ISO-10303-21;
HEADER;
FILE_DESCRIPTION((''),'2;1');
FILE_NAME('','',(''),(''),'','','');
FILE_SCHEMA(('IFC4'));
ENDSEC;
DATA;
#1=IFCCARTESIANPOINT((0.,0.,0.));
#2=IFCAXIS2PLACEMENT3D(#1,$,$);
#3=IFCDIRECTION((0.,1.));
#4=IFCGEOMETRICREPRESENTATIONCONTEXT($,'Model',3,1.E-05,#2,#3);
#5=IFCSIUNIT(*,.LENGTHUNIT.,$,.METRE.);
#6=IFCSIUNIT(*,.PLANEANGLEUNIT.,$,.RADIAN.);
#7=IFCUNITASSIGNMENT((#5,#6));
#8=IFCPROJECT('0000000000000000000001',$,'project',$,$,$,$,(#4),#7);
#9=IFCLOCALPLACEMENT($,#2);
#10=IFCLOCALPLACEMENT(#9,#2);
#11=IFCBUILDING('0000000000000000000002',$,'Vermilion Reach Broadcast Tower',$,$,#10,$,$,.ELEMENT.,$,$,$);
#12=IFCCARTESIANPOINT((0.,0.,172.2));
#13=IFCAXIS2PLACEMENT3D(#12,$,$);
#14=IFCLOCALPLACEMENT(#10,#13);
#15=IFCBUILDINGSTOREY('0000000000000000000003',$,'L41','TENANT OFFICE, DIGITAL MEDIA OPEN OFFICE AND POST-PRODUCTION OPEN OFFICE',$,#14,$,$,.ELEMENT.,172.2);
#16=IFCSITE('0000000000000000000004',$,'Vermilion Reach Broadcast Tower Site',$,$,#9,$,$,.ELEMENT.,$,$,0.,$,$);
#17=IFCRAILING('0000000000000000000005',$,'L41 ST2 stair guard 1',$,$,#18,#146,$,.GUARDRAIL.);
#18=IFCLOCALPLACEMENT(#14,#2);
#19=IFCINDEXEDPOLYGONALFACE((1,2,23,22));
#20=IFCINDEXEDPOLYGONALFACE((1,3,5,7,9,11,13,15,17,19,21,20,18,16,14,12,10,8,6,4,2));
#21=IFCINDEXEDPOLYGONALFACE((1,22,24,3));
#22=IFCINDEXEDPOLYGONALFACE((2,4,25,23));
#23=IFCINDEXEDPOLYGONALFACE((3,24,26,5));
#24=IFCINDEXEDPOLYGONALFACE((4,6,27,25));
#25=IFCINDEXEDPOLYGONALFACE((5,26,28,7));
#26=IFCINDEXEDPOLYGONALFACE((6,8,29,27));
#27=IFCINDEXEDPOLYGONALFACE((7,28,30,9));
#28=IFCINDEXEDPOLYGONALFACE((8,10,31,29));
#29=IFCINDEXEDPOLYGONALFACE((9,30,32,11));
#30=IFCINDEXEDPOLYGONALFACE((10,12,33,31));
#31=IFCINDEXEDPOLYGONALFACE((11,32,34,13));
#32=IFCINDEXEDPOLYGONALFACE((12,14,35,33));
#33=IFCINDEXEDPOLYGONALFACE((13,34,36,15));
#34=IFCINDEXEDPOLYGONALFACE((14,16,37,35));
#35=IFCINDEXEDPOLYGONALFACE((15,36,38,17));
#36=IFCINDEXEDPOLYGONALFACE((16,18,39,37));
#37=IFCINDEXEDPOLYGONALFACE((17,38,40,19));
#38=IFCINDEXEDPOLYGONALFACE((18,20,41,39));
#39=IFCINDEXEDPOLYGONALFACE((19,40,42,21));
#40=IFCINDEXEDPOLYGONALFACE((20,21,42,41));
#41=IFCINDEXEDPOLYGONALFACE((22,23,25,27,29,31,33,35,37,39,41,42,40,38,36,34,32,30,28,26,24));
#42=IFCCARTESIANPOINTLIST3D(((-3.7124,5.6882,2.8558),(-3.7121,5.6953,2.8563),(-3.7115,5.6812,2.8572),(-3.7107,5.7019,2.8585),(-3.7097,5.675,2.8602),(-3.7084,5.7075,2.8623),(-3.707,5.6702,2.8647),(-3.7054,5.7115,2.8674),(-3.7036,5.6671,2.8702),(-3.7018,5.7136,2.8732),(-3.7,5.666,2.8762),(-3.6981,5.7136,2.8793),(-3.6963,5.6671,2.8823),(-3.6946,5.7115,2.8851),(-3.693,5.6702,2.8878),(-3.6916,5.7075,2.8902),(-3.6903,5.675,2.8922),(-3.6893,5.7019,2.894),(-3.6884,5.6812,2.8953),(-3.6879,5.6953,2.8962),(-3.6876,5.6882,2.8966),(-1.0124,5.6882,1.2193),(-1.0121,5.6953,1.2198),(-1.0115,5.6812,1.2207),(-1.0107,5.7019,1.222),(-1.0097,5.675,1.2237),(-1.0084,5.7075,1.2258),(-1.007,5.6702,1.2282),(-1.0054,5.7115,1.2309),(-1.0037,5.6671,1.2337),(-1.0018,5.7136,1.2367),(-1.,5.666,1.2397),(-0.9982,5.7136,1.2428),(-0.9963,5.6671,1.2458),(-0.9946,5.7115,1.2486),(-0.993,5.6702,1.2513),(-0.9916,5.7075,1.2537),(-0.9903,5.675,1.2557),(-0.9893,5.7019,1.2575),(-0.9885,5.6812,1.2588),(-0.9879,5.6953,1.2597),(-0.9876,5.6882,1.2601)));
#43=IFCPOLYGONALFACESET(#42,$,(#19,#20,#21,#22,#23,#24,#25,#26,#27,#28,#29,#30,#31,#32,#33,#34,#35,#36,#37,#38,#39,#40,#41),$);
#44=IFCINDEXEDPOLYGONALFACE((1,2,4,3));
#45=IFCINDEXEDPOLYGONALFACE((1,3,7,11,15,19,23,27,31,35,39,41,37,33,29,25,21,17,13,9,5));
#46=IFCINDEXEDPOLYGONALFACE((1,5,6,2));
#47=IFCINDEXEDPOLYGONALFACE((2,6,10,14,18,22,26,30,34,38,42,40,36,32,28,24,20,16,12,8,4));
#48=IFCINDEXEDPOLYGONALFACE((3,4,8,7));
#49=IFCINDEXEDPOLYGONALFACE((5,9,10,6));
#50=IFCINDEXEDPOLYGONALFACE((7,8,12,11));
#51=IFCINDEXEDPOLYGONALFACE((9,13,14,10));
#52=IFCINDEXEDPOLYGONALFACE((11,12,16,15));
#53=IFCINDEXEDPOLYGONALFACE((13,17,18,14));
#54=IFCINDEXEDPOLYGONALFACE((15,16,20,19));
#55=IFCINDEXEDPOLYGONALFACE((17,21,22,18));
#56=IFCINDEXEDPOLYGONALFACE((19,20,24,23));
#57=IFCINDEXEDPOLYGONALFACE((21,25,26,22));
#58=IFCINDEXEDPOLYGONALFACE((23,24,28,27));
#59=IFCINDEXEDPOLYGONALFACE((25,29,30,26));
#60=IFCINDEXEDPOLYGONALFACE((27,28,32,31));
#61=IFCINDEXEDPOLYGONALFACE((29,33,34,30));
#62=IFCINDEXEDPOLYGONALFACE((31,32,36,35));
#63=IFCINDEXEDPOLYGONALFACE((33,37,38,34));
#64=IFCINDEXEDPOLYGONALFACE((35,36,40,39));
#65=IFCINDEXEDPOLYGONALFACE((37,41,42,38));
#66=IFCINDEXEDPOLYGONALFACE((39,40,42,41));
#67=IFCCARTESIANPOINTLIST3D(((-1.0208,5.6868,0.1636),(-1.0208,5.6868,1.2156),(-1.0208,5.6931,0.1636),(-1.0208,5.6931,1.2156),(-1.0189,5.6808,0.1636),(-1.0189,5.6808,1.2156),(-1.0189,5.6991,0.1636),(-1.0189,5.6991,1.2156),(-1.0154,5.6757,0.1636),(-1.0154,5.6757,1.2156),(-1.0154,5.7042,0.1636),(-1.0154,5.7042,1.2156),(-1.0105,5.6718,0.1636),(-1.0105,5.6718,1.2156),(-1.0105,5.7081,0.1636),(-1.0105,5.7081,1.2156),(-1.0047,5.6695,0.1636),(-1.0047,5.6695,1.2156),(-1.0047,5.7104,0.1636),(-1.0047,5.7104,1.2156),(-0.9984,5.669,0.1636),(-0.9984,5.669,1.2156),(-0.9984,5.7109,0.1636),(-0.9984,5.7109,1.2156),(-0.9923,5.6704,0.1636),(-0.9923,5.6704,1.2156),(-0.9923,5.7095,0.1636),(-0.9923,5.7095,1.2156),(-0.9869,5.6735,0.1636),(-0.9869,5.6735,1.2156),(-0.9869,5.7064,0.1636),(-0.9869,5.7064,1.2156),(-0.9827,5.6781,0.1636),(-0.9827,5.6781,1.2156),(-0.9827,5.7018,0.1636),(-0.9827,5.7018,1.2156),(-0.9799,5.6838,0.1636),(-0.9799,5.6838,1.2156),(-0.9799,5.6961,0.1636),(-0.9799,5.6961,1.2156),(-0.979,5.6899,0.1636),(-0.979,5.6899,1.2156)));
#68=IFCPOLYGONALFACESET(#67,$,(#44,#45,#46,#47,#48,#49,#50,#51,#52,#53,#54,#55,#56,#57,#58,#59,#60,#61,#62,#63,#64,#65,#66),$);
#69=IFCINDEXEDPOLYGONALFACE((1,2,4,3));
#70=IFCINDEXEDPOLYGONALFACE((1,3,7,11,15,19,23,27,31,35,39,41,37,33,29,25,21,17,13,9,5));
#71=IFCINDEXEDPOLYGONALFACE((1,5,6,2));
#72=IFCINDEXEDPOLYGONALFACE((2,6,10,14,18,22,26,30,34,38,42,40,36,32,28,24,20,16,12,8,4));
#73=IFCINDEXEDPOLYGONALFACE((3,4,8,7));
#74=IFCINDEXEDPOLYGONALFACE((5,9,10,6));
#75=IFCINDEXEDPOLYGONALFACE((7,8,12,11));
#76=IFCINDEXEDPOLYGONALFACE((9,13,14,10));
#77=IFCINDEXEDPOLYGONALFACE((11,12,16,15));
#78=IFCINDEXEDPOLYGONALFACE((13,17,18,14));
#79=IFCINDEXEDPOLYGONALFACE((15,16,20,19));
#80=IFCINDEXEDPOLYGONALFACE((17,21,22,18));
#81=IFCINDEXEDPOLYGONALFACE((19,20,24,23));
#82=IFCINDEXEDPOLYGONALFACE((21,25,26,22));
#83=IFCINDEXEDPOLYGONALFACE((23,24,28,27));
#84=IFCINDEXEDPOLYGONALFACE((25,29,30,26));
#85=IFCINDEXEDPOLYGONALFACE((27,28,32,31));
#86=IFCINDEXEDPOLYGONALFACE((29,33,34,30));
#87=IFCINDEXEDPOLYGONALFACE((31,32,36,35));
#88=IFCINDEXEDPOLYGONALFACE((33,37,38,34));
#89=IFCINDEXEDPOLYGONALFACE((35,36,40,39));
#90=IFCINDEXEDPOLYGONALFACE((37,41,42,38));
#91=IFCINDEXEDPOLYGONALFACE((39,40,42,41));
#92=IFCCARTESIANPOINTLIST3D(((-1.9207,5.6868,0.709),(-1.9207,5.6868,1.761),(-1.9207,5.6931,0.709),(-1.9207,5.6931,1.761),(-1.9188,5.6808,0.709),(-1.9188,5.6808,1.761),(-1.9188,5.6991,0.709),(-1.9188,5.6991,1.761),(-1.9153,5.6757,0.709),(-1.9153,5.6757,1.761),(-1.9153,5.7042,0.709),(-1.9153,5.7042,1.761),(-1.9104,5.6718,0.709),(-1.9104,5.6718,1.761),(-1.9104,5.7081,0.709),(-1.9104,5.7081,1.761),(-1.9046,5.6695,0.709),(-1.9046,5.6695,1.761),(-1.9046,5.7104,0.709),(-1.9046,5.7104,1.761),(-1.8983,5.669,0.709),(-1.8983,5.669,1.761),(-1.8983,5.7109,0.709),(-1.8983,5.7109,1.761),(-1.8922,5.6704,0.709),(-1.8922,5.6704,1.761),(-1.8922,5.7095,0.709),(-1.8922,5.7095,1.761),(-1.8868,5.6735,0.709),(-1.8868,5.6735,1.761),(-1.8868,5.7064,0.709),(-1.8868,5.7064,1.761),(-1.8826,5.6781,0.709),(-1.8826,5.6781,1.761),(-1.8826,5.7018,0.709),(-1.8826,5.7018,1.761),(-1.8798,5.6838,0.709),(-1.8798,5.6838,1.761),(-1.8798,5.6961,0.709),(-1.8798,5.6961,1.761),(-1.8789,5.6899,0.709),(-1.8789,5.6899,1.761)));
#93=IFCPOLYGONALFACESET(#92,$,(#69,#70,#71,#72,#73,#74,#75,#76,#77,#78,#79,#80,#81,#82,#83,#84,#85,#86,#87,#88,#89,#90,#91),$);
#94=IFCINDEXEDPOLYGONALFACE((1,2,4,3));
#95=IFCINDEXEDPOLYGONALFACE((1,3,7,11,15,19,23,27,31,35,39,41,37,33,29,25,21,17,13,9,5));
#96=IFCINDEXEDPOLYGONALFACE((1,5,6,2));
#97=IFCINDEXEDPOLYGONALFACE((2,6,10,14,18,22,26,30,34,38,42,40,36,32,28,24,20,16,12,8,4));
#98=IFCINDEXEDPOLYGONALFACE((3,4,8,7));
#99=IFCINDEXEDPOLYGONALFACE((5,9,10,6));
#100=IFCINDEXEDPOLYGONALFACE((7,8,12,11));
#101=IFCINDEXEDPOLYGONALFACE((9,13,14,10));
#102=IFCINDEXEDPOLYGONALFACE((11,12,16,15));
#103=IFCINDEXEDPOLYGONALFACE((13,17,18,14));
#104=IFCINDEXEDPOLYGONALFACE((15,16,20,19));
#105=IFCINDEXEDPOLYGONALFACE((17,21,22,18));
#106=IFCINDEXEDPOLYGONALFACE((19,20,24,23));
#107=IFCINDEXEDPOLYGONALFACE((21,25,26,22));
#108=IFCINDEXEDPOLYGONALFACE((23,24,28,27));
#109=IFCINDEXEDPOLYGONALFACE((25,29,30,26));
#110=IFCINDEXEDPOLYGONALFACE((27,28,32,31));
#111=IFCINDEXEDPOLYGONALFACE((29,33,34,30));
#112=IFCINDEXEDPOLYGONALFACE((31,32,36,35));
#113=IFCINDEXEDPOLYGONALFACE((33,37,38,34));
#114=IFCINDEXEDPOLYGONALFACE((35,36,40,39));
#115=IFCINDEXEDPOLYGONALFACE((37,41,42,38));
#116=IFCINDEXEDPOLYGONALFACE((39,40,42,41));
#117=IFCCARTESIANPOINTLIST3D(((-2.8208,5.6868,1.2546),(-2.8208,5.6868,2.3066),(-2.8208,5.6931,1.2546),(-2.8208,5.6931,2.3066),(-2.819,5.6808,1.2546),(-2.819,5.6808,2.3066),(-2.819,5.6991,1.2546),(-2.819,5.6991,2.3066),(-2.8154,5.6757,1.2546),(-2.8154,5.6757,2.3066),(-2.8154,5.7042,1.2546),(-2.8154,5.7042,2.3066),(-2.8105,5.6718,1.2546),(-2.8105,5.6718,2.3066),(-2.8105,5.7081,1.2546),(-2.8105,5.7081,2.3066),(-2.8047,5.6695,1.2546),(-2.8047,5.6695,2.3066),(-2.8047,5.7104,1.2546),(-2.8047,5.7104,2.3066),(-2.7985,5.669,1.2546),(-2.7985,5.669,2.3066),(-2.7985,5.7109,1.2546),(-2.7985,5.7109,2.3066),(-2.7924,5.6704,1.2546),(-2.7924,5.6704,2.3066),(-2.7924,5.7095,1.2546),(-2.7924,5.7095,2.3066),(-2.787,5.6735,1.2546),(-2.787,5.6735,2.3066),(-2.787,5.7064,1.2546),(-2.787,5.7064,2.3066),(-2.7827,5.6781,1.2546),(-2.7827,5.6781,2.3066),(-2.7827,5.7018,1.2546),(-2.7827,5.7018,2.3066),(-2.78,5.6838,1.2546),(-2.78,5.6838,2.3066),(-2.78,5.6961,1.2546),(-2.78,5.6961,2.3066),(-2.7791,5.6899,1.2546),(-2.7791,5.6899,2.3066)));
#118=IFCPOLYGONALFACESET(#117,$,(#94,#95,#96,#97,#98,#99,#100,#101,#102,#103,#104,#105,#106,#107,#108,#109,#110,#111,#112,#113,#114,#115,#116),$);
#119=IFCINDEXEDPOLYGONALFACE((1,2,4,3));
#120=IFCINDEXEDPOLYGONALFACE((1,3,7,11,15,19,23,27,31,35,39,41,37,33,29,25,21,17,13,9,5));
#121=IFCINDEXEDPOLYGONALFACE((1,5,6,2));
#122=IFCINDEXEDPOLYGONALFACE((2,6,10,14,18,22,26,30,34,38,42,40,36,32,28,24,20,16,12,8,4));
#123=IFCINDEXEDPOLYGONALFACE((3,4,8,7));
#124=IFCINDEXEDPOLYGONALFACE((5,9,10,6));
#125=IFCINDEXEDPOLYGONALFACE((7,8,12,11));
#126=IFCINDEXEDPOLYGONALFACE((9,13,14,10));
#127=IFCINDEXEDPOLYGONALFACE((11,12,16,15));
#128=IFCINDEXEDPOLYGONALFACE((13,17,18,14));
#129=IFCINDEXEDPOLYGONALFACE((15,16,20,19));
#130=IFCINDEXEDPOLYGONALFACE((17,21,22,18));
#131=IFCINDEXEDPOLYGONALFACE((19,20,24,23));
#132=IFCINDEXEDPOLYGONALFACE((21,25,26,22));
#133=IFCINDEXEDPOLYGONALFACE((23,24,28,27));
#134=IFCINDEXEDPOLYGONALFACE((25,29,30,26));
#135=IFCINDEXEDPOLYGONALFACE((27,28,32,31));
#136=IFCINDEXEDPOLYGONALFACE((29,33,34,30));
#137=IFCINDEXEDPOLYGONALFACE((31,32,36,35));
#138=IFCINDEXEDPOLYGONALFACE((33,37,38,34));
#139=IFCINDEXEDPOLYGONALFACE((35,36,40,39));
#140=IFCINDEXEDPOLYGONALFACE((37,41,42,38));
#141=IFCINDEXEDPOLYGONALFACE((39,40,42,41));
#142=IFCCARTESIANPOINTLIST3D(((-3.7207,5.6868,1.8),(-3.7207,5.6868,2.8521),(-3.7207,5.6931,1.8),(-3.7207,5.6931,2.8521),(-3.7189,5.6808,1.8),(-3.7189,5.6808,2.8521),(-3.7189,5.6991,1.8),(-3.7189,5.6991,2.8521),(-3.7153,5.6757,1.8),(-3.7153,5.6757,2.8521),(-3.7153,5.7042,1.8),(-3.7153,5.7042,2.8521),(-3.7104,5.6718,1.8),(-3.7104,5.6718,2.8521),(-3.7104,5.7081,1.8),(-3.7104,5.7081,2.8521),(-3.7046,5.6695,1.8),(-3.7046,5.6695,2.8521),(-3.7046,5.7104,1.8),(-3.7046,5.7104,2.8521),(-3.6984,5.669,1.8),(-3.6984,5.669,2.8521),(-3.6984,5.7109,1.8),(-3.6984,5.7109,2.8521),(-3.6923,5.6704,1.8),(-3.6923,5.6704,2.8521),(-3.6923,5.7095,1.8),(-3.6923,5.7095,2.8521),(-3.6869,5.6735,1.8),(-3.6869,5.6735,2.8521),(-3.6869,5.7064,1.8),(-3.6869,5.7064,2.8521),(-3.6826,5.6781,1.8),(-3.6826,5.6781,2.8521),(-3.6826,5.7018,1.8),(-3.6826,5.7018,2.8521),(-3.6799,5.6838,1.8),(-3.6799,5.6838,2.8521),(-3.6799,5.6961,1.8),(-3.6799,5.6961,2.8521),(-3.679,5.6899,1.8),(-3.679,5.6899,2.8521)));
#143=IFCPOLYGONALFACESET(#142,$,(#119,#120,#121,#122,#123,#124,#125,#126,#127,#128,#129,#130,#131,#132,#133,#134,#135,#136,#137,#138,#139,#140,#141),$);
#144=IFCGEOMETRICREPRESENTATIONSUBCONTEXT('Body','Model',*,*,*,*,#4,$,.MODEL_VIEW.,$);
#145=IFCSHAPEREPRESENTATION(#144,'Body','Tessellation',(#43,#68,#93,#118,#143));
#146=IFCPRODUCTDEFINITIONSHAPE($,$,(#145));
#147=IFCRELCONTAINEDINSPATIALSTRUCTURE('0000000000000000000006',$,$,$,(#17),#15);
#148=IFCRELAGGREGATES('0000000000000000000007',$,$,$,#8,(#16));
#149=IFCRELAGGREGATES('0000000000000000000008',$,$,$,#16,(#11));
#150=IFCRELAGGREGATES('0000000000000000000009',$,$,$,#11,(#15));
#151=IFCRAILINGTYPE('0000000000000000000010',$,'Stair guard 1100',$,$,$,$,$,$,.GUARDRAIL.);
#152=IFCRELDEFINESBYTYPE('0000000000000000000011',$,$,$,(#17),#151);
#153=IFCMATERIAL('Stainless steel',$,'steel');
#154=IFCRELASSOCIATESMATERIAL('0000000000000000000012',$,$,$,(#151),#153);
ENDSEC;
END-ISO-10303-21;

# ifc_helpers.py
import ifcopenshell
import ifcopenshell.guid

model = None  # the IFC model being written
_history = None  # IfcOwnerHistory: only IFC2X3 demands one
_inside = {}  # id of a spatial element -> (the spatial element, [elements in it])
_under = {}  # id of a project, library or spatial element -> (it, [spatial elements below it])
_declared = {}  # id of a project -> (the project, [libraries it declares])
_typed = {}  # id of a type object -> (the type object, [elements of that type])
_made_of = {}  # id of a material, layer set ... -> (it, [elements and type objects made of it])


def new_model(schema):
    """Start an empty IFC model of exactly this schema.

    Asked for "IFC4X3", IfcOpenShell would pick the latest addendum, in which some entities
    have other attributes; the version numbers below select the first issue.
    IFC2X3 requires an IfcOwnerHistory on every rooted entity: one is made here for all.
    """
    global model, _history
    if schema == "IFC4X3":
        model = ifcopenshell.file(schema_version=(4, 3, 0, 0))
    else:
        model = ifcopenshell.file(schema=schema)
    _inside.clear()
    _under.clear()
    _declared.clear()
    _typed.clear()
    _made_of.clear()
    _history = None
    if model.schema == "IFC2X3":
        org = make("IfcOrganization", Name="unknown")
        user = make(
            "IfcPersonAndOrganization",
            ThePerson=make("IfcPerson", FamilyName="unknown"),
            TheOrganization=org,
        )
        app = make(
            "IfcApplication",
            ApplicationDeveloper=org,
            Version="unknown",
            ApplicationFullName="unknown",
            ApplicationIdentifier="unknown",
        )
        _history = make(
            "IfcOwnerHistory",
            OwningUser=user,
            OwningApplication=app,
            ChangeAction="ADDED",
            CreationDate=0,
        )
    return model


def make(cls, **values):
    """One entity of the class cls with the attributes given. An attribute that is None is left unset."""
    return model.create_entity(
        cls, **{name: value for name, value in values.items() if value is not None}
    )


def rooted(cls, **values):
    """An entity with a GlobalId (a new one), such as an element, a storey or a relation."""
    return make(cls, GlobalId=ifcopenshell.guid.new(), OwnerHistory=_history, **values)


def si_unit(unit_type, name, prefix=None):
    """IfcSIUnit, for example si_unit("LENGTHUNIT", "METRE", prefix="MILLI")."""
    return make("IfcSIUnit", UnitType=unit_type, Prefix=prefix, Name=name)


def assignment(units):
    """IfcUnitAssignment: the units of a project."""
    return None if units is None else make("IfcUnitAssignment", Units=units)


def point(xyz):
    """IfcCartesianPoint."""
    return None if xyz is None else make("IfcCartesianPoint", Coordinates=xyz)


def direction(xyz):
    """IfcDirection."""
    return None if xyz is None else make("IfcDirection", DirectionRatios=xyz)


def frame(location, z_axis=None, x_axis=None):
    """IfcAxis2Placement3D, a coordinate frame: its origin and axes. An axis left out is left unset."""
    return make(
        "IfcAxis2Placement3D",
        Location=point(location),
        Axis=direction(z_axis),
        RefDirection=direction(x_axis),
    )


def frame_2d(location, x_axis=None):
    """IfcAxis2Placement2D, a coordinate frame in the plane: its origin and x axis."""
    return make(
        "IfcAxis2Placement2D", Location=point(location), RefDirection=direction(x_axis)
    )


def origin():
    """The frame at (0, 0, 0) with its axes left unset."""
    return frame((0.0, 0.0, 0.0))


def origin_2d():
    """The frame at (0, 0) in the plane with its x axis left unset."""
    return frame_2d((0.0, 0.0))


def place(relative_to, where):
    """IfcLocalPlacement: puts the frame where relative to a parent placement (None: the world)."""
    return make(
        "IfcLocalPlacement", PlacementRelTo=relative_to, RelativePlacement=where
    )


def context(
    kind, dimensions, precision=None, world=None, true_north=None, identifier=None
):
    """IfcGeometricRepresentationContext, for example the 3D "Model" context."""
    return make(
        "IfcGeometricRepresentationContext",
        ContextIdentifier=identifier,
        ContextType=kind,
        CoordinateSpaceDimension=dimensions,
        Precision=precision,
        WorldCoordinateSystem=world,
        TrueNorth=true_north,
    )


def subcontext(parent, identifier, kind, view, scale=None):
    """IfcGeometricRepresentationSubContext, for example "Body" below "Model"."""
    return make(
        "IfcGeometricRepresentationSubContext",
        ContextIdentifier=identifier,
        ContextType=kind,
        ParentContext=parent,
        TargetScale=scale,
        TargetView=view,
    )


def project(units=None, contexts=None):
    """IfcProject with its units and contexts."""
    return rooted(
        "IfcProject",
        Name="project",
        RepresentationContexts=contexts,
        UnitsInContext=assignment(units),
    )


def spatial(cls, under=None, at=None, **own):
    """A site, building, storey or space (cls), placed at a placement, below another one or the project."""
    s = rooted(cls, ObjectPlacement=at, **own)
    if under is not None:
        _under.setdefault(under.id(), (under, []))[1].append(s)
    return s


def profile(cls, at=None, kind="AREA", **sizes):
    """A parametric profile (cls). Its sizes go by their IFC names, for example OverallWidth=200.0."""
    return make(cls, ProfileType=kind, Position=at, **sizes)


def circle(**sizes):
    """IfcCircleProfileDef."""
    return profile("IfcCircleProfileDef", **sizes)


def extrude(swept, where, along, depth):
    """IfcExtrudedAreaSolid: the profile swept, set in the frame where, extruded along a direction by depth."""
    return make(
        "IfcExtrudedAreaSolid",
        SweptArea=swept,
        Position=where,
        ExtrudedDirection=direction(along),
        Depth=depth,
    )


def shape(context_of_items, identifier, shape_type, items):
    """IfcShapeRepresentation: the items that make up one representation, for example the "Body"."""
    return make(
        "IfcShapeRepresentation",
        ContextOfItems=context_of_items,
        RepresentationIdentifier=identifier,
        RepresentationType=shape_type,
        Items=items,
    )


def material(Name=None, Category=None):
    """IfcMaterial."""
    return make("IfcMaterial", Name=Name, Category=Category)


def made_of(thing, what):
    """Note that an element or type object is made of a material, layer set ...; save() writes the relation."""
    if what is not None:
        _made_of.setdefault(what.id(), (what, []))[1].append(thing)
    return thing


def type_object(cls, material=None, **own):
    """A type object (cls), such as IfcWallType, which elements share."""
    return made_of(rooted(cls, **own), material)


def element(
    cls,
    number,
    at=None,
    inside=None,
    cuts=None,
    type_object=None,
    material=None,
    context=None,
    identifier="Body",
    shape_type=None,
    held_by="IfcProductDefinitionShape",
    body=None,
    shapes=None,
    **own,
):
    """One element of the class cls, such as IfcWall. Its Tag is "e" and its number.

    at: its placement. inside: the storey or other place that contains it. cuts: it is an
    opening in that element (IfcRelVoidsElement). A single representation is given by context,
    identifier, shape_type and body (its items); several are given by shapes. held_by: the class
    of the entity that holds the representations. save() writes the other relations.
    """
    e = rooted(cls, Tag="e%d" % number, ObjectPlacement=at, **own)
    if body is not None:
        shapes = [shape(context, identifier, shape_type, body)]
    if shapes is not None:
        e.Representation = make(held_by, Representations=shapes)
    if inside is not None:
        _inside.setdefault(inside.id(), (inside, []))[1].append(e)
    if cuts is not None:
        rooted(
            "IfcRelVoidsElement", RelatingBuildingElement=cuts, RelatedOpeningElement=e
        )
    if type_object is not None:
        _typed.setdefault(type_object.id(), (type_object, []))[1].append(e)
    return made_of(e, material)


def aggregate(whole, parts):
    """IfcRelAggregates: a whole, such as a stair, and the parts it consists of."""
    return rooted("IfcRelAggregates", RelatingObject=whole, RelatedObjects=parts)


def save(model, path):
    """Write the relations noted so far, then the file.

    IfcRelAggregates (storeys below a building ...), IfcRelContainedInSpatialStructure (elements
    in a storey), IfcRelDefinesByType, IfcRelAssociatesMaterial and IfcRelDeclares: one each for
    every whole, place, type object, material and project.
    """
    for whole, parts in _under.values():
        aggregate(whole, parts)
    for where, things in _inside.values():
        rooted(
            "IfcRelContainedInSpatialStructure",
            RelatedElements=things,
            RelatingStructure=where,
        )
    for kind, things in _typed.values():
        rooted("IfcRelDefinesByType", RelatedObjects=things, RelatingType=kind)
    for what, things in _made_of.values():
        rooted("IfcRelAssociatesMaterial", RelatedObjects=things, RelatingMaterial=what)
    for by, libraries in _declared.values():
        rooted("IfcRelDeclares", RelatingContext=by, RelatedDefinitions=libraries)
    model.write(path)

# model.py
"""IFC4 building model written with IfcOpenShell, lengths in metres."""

from ifc_helpers import new_model, si_unit, direction, frame, origin, origin_2d, place, context, subcontext, project, spatial, circle, extrude, material, type_object, element, save


model = new_model("IFC4")

# Units and contexts
model_context = context("Model", 3, precision=1e-05, world=origin(), true_north=direction((0.0, 1.0)))
body_context = subcontext(model_context, "Body", "Model", "MODEL_VIEW")
ifc_project = project(units=[si_unit("LENGTHUNIT", "METRE"), si_unit("PLANEANGLEUNIT", "RADIAN")], contexts=[model_context])

# Site, building, storey
site_placement = place(None, origin())
site = spatial("IfcSite", under=ifc_project, at=site_placement, Name="Vermilion Reach Broadcast Tower Site", CompositionType="ELEMENT", RefElevation=0.0)
building_placement = place(site_placement, origin())
building = spatial("IfcBuilding", under=site, at=building_placement, Name="Vermilion Reach Broadcast Tower", CompositionType="ELEMENT")
storey_placement = place(building_placement, frame((0.0, 0.0, 172.2)))
storey = spatial("IfcBuildingStorey", under=building, at=storey_placement, Name="L41", Description="TENANT OFFICE, DIGITAL MEDIA OPEN OFFICE AND POST-PRODUCTION OPEN OFFICE", CompositionType="ELEMENT", Elevation=172.2)

# Railing
ifc_material_1 = material(Name="Stainless steel", Category="steel")
railing_type_1 = type_object("IfcRailingType", Name="Stair guard 1100", PredefinedType="GUARDRAIL", material=ifc_material_1)
railing_1_placement = place(storey_placement, frame((-1.0, 5.6899, 0.1636)))
element("IfcRailing", 1, at=railing_1_placement, inside=storey, type_object=railing_type_1, Name="L41 ST2 stair guard 1", PredefinedType="GUARDRAIL", context=body_context, shape_type="SweptSolid", body=[
    extrude(circle(Radius=0.0239, at=origin_2d()), frame((0.0, 0.0, 1.0762), z_axis=(-0.855178, 0.0, 0.518334), x_axis=(0.0, -1.0, 0.0)), (0.0, 0.0, 1.0), 3.1572),
    extrude(circle(Radius=0.021, at=origin_2d()), origin(), (0.0, 0.0, 1.0), 1.052),
    extrude(circle(Radius=0.021, at=origin_2d()), frame((-0.8999, 0.0, 0.5454)), (0.0, 0.0, 1.0), 1.052),
    extrude(circle(Radius=0.021, at=origin_2d()), frame((-1.8, 0.0, 1.0911)), (0.0, 0.0, 1.0), 1.052),
    extrude(circle(Radius=0.021, at=origin_2d()), frame((-2.7, 0.0, 1.6365)), (0.0, 0.0, 1.0), 1.052),
])

save(model, "model.ifc")
